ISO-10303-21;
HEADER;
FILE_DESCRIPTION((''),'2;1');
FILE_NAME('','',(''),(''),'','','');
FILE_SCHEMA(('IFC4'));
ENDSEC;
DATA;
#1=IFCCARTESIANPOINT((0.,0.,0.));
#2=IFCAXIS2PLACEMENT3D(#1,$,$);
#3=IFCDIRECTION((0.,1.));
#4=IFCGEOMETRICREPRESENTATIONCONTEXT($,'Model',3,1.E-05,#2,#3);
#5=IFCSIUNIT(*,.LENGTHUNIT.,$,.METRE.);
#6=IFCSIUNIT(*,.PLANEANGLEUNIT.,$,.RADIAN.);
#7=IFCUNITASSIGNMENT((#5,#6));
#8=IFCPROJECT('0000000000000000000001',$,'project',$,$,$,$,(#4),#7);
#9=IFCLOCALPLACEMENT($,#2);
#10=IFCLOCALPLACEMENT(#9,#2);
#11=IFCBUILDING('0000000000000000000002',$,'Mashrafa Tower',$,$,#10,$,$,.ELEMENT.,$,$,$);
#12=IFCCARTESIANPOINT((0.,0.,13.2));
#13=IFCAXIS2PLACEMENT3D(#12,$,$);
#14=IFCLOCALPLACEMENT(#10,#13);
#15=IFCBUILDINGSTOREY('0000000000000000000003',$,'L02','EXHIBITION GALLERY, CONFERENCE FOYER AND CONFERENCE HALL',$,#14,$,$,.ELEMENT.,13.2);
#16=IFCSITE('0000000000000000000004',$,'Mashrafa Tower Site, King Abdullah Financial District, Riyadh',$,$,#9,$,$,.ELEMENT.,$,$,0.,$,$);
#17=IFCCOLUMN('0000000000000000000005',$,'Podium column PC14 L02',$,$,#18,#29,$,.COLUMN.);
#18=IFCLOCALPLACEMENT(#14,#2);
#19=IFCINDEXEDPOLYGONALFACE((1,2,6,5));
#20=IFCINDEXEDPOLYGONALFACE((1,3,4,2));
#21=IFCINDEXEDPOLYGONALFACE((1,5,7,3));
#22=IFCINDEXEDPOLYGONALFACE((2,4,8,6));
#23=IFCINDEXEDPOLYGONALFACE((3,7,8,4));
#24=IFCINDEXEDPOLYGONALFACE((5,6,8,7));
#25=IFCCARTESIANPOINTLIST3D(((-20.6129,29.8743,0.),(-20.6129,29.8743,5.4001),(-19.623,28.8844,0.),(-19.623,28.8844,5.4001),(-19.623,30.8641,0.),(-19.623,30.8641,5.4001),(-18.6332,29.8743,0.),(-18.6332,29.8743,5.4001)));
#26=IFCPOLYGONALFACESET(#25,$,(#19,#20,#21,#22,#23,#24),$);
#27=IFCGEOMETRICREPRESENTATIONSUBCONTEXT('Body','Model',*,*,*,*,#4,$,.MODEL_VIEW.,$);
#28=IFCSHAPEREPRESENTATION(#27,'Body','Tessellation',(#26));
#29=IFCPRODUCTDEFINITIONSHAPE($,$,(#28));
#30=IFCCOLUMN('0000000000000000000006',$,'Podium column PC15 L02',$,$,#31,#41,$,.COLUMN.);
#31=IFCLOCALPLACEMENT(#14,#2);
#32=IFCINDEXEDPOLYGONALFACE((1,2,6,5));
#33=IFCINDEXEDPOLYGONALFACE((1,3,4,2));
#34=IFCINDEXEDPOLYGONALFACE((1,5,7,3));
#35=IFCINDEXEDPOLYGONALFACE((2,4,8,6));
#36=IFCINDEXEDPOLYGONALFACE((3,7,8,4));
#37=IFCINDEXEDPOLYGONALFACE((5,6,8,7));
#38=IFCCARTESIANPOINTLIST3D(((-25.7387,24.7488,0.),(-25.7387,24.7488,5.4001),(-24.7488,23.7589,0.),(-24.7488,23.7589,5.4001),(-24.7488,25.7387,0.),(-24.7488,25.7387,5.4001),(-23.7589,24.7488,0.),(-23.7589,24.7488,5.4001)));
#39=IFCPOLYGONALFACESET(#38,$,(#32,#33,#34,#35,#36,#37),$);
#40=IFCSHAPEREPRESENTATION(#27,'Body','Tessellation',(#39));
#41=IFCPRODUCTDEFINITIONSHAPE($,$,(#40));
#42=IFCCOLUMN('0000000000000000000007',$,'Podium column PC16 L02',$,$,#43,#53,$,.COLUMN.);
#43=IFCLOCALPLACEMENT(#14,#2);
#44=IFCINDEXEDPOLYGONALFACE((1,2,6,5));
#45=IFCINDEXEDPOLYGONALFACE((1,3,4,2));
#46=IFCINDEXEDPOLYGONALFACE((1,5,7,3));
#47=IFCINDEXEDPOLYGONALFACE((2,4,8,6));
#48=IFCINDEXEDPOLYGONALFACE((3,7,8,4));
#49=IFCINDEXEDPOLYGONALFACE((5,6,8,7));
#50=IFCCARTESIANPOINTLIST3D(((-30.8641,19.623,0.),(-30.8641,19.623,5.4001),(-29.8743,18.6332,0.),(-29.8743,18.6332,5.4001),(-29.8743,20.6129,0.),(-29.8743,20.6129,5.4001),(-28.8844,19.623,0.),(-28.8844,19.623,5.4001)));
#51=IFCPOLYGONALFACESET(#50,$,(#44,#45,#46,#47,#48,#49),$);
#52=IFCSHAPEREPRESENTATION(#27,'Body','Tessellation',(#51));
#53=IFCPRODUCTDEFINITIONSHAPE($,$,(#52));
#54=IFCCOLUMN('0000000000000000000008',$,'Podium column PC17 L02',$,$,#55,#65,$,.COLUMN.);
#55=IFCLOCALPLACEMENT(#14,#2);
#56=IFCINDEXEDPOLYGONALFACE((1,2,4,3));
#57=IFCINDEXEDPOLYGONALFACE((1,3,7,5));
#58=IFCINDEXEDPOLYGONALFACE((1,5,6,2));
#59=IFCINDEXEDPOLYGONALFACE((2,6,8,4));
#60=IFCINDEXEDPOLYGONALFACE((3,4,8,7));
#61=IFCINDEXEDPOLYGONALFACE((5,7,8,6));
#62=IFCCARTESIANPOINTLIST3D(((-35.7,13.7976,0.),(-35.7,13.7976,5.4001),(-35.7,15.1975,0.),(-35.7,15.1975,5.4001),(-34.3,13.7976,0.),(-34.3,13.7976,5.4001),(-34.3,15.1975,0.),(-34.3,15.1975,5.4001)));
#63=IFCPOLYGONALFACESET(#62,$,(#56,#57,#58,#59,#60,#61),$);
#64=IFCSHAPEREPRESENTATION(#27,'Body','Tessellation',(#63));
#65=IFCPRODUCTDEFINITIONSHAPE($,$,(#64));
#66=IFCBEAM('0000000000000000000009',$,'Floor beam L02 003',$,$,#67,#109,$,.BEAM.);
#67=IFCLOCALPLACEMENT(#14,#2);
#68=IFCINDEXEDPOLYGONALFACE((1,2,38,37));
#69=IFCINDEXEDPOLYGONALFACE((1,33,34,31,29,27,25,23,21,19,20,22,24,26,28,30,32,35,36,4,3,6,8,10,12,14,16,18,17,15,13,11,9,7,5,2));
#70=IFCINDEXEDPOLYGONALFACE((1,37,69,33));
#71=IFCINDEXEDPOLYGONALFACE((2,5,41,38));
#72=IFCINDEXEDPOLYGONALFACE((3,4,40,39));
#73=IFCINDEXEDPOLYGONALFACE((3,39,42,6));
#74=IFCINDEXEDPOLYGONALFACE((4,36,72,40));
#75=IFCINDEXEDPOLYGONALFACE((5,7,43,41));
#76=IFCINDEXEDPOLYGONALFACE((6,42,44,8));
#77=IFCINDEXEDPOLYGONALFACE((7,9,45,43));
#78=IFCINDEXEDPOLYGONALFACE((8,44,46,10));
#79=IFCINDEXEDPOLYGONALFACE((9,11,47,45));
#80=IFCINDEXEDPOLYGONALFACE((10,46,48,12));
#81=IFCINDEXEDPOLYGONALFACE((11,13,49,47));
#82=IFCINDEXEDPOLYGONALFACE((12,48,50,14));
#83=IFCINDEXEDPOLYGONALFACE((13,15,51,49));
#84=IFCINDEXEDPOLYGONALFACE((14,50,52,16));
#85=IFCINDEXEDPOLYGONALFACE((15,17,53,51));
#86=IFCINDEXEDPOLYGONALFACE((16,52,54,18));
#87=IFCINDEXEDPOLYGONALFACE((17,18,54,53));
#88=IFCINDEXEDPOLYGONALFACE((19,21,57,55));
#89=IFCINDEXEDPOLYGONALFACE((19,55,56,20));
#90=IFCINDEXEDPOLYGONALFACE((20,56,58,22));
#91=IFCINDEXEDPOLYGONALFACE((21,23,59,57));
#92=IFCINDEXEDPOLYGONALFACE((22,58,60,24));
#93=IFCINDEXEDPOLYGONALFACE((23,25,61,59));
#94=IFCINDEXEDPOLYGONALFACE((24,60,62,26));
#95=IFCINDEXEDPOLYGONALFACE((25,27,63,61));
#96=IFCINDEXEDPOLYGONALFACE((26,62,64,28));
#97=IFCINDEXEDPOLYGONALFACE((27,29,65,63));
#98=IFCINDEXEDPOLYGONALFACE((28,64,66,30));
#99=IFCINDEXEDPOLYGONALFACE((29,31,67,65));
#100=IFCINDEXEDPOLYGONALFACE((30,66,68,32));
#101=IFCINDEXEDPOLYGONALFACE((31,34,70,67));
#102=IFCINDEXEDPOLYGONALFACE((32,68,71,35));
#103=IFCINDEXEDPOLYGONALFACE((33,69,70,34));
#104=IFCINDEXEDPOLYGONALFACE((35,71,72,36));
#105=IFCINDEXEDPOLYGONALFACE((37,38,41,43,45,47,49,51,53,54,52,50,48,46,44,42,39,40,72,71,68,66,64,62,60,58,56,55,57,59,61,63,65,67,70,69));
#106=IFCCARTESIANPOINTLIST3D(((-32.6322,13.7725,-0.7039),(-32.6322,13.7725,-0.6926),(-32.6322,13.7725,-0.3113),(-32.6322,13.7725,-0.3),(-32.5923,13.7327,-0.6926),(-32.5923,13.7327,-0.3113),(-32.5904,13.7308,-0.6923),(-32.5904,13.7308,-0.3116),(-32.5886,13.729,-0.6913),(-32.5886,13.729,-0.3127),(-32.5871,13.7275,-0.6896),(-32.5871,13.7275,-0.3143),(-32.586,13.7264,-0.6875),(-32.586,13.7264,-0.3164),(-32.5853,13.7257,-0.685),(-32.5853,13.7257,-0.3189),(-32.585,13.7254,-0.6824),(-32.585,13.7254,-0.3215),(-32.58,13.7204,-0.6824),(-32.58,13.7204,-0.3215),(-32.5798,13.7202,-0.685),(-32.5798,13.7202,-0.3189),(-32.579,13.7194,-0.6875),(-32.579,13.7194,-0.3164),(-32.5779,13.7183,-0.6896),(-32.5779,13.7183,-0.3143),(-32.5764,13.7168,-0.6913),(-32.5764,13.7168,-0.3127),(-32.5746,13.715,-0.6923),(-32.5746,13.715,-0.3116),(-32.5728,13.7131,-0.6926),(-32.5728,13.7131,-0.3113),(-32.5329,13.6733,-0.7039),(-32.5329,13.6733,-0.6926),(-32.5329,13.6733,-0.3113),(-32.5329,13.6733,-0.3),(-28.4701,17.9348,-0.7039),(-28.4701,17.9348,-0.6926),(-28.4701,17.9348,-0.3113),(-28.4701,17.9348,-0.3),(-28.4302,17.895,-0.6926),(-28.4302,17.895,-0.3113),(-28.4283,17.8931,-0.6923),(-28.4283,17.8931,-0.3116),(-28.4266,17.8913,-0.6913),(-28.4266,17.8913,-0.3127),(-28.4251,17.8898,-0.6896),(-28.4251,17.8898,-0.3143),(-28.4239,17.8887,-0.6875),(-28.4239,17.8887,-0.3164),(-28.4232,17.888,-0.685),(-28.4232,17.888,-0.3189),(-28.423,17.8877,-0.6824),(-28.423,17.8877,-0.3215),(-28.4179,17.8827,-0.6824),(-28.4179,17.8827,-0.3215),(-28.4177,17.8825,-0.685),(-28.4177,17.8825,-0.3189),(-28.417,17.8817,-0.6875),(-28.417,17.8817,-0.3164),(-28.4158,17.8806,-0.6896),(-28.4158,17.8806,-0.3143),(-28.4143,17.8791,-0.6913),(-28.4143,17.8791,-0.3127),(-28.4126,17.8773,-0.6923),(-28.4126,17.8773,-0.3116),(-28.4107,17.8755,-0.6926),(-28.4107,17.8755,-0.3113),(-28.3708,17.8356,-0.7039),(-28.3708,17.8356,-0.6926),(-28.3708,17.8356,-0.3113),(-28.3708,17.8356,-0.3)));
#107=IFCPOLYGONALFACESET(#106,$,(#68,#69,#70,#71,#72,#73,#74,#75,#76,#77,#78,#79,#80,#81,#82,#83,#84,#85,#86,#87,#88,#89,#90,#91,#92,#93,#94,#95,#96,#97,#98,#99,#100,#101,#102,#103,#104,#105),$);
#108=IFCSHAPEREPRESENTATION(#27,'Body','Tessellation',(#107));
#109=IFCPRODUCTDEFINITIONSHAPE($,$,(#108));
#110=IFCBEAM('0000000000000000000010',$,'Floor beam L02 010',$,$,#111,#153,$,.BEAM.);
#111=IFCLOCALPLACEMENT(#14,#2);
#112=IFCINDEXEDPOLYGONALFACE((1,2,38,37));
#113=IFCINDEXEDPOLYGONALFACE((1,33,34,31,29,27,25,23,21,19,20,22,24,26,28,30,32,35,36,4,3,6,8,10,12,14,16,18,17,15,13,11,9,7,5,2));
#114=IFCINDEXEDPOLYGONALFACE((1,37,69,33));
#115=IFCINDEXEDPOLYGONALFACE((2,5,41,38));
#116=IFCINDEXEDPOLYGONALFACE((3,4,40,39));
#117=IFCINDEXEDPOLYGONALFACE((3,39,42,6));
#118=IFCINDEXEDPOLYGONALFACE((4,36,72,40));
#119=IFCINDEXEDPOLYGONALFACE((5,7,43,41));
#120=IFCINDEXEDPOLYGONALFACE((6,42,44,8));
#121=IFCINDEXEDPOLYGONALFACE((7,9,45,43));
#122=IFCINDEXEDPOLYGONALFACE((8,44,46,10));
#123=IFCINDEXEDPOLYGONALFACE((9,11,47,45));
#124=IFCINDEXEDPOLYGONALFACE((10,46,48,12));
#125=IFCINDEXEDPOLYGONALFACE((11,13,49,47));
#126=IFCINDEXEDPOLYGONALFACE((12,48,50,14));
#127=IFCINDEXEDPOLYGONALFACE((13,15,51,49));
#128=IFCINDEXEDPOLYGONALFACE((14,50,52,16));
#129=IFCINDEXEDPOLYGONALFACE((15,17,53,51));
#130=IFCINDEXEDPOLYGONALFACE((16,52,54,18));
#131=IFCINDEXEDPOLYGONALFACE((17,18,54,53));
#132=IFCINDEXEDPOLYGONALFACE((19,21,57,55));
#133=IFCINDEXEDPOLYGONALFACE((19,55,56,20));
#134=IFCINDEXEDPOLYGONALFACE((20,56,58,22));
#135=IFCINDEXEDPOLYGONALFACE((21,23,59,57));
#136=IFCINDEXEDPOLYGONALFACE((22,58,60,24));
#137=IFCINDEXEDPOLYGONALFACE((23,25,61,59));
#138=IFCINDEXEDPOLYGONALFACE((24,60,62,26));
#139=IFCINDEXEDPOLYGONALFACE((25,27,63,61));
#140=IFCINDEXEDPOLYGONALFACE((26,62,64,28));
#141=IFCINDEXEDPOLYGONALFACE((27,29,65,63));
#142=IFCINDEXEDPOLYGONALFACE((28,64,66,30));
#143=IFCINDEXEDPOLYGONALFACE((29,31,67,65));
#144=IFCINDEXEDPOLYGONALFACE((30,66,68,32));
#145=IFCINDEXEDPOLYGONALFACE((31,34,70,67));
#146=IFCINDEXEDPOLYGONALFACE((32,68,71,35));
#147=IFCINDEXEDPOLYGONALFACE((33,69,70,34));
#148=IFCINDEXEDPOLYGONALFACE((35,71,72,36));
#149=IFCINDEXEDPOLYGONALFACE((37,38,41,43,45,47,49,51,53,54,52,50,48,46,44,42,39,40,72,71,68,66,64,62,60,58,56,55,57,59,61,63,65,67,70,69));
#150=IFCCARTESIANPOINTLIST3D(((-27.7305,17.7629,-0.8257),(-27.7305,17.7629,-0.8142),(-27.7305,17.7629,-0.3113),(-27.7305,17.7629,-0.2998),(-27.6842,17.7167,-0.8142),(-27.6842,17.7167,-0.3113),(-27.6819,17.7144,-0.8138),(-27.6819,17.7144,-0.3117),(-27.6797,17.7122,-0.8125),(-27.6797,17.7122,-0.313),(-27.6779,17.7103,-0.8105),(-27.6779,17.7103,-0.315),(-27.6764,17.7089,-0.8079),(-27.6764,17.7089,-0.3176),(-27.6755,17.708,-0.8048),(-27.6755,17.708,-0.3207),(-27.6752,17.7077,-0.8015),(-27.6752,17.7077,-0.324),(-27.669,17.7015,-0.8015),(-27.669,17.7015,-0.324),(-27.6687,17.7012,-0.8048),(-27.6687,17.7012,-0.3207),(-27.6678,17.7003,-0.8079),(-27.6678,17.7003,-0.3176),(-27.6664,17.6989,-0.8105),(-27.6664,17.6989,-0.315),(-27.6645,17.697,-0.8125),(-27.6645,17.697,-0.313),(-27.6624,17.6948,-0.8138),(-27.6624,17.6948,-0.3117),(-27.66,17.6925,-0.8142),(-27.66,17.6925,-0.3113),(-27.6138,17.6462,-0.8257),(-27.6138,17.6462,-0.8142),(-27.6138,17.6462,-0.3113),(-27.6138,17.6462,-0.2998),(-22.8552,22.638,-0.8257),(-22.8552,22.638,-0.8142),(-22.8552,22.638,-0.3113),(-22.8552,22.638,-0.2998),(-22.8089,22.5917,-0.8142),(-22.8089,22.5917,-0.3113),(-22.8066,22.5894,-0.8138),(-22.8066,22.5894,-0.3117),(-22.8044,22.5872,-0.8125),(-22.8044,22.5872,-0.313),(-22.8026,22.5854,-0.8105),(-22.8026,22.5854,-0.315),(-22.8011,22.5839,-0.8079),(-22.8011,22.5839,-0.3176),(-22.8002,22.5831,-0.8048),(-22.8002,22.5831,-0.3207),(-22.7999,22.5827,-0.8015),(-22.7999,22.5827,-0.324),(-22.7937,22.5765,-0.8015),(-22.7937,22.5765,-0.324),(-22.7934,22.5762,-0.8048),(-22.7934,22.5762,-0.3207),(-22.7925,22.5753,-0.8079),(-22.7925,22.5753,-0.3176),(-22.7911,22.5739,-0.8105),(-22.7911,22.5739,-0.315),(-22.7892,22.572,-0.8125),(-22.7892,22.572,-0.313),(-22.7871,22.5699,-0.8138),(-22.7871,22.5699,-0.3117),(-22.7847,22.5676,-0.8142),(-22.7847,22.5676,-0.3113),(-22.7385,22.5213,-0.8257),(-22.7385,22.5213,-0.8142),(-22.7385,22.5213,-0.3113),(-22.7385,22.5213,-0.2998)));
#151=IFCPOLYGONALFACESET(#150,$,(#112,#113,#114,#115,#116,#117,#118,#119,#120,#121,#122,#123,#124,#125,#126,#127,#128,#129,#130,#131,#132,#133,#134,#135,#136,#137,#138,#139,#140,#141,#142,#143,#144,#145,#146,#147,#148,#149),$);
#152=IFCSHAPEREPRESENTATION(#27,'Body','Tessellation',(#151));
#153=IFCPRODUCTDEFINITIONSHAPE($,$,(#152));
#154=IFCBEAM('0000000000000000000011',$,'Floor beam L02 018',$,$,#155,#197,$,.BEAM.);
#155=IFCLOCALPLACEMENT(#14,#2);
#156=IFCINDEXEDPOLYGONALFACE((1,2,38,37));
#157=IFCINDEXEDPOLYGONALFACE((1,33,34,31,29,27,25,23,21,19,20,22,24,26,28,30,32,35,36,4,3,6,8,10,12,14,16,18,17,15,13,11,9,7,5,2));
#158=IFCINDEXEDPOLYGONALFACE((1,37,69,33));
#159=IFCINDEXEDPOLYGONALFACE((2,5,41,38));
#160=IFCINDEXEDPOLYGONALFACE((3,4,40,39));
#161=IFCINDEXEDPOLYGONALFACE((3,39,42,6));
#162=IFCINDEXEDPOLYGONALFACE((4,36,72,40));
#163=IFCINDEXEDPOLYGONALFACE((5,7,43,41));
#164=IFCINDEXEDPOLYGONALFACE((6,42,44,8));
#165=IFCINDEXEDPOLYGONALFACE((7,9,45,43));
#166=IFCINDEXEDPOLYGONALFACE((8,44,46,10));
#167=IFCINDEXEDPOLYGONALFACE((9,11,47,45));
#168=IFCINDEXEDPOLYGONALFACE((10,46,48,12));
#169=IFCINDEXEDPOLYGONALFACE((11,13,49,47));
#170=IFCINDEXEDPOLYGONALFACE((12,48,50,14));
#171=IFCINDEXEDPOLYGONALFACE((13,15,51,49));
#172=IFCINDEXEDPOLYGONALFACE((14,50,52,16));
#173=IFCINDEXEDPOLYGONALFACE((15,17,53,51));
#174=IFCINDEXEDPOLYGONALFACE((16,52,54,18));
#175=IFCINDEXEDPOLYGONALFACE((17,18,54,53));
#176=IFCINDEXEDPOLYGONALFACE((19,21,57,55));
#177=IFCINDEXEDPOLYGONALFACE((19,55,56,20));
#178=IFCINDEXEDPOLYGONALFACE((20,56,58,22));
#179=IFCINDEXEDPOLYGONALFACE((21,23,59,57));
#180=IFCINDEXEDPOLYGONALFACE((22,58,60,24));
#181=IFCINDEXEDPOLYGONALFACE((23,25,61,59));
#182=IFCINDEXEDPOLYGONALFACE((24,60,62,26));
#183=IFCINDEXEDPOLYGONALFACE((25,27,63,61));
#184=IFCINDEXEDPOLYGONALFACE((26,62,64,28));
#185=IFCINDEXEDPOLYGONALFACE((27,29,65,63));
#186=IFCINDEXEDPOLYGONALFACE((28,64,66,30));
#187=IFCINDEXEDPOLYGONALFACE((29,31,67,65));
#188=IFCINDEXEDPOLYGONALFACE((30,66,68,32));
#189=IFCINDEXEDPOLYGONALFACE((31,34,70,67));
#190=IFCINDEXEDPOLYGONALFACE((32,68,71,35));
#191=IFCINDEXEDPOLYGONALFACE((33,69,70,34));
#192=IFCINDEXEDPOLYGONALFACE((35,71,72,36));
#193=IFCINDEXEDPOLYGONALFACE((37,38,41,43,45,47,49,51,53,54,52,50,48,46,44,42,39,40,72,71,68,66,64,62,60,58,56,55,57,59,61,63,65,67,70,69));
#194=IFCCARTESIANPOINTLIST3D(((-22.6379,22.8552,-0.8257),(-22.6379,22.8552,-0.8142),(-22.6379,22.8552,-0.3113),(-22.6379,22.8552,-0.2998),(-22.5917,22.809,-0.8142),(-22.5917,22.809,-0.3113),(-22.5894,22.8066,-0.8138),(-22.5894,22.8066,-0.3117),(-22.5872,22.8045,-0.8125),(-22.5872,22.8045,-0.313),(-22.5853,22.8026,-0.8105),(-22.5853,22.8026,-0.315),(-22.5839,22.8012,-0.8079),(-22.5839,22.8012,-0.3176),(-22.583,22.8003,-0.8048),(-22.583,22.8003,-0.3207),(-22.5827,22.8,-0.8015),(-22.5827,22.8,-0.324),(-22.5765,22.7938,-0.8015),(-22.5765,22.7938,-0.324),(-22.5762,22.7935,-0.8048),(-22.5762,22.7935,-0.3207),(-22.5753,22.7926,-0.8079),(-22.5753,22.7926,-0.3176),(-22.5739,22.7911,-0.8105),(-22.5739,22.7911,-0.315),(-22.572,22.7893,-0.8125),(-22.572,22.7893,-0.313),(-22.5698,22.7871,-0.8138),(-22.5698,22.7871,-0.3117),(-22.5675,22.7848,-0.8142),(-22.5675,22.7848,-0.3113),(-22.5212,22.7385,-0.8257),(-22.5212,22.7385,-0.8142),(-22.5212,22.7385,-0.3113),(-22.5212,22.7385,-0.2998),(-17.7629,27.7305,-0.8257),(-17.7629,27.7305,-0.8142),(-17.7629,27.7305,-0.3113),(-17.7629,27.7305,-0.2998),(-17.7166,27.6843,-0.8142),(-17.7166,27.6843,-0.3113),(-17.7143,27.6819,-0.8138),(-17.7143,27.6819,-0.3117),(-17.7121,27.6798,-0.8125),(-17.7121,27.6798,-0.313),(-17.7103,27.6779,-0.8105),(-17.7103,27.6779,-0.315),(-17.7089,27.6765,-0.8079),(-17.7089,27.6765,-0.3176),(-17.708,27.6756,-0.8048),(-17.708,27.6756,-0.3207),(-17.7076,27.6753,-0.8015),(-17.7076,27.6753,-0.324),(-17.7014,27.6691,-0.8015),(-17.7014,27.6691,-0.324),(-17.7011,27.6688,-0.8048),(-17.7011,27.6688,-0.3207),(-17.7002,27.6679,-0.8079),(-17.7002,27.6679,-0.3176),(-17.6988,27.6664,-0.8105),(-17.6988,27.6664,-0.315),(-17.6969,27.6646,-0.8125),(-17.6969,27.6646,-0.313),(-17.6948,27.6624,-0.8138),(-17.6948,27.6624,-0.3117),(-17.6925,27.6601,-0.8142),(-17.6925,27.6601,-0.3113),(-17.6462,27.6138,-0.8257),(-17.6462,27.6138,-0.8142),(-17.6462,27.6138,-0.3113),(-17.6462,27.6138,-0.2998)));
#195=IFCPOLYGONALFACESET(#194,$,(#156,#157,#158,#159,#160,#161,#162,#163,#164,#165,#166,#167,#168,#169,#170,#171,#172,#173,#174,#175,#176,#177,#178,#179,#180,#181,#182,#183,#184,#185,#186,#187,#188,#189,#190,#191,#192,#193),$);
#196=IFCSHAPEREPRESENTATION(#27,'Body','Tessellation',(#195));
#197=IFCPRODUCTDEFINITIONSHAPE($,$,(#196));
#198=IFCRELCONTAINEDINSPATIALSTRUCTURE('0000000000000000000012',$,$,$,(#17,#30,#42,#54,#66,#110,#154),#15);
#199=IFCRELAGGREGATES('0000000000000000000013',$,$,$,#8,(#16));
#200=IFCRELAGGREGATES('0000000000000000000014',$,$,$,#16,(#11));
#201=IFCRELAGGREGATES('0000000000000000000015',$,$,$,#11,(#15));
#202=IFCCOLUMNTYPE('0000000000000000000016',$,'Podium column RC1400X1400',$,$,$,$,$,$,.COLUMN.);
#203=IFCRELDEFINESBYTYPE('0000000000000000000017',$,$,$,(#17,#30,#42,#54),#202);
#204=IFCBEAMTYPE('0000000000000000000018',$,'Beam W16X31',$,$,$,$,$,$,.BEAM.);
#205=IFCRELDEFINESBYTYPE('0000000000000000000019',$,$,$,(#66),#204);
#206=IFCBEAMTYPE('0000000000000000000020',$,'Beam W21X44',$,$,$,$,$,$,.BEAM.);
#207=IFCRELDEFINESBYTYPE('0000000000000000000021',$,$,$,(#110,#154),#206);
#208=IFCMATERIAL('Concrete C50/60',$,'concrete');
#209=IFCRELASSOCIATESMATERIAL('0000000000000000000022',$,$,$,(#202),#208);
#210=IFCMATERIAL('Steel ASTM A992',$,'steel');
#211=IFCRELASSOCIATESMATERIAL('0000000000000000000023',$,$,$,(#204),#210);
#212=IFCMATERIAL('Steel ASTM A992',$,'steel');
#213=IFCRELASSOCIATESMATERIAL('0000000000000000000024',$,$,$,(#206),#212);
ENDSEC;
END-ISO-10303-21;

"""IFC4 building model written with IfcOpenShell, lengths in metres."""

from ifc_helpers import new_model, si_unit, direction, frame, origin, origin_2d, place, context, subcontext, project, spatial, rectangle, i_section, extrude, material, material_profile, profile_set, type_object, element, save


model = new_model("IFC4")

# Units and contexts
model_context = context("Model", 3, precision=1e-05, world=origin(), true_north=direction((0.0, 1.0)))
body_context = subcontext(model_context, "Body", "Model", "MODEL_VIEW")
ifc_project = project(units=[si_unit("LENGTHUNIT", "METRE"), si_unit("PLANEANGLEUNIT", "RADIAN")], contexts=[model_context])

# Site, building, storey
site_placement = place(None, origin())
site = spatial("IfcSite", under=ifc_project, at=site_placement, Name="Mashrafa Tower Site, King Abdullah Financial District, Riyadh", CompositionType="ELEMENT", RefElevation=0.0)
building_placement = place(site_placement, origin())
building = spatial("IfcBuilding", under=site, at=building_placement, Name="Mashrafa Tower", CompositionType="ELEMENT")
storey_placement = place(building_placement, frame((0.0, 0.0, 13.2)))
storey = spatial("IfcBuildingStorey", under=building, at=storey_placement, Name="L02", Description="EXHIBITION GALLERY, CONFERENCE FOYER AND CONFERENCE HALL", CompositionType="ELEMENT", Elevation=13.2)

# Columns
ifc_material_1 = material(Name="Concrete C50/60", Category="concrete")
ifc_material_profile_1 = material_profile(ifc_material_1, rectangle(XDim=1.3999, YDim=1.3999, at=origin_2d()), Name="RC1400X1400")
ifc_profile_set_1 = profile_set([ifc_material_profile_1], Name="Concrete C50/60")
column_type = type_object("IfcColumnType", Name="Podium column RC1400X1400", PredefinedType="COLUMN", material=ifc_profile_set_1)
for number, where, z_axis, x_axis, name in (
    (1, (-19.623, 29.8743, 0.0), (0.0, 0.0, 1.0), (0.707107, 0.707107, 0.0), "Podium column PC14 L02"),
    (2, (-24.7488, 24.7488, 0.0), (0.0, 0.0, 1.0), (0.707107, 0.707107, 0.0), "Podium column PC15 L02"),
    (3, (-29.8743, 19.623, 0.0), (0.0, 0.0, 1.0), (0.707107, 0.707107, 0.0), "Podium column PC16 L02"),
    (4, (-35.0, 14.4976, 0.0), (0.0, 0.0, 1.0), (1.0, 0.0, 0.0), "Podium column PC17 L02"),
):
    element("IfcColumn", number, at=place(storey_placement, frame(where, z_axis=z_axis, x_axis=x_axis)), inside=storey, type_object=column_type, Name=name, PredefinedType="COLUMN", context=body_context, shape_type="SweptSolid", body=[
        extrude(rectangle(XDim=1.3999, YDim=1.3999, at=origin_2d()), origin(), (0.0, 0.0, 1.0), 5.4001),
    ])

# Beams
ifc_material_2 = material(Name="Steel ASTM A992", Category="steel")
ifc_material_profile_2 = material_profile(ifc_material_2, i_section(OverallWidth=0.1404, OverallDepth=0.4038, WebThickness=0.0071, FlangeThickness=0.0112, FilletRadius=0.0103, at=origin_2d()), Name="W16X31")
ifc_profile_set_2 = profile_set([ifc_material_profile_2], Name="Steel ASTM A992")
beam_type_1 = type_object("IfcBeamType", Name="Beam W16X31", PredefinedType="BEAM", material=ifc_profile_set_2)
beam_1_placement = place(storey_placement, frame((-32.5825, 13.7229, -0.502), z_axis=(0.707086, 0.707128, 0.0), x_axis=(-0.707128, 0.707086, 0.0)))
element("IfcBeam", 5, at=beam_1_placement, inside=storey, type_object=beam_type_1, Name="Floor beam L02 003", PredefinedType="BEAM", context=body_context, shape_type="SweptSolid", body=[
    extrude(i_section(OverallWidth=0.1404, OverallDepth=0.4038, WebThickness=0.0071, FlangeThickness=0.0112, FilletRadius=0.0103, at=origin_2d()), origin(), (0.0, 0.0, 1.0), 5.8862),
])
ifc_material_3 = material(Name="Steel ASTM A992", Category="steel")
ifc_material_profile_3 = material_profile(ifc_material_3, i_section(OverallWidth=0.165, OverallDepth=0.5259, WebThickness=0.0088, FlangeThickness=0.0115, FilletRadius=0.0127, at=origin_2d()), Name="W21X44")
ifc_profile_set_3 = profile_set([ifc_material_profile_3], Name="Steel ASTM A992")
beam_type_2 = type_object("IfcBeamType", Name="Beam W21X44", PredefinedType="BEAM", material=ifc_profile_set_3)
for number, where, z_axis, x_axis, name in (
    (6, (-27.6721, 17.7046, -0.5627), (0.707124, 0.707089, 0.0), (-0.707089, 0.707124, 0.0), "Floor beam L02 010"),
    (7, (-22.5796, 22.7969, -0.5627), (0.707089, 0.707124, 0.0), (-0.707124, 0.707089, 0.0), "Floor beam L02 018"),
):
    element("IfcBeam", number, at=place(storey_placement, frame(where, z_axis=z_axis, x_axis=x_axis)), inside=storey, type_object=beam_type_2, Name=name, PredefinedType="BEAM", context=body_context, shape_type="SweptSolid", body=[
        extrude(i_section(OverallWidth=0.165, OverallDepth=0.5259, WebThickness=0.0088, FlangeThickness=0.0115, FilletRadius=0.0127, at=origin_2d()), origin(), (0.0, 0.0, 1.0), 6.8945),
    ])

save(model, "model.ifc")
